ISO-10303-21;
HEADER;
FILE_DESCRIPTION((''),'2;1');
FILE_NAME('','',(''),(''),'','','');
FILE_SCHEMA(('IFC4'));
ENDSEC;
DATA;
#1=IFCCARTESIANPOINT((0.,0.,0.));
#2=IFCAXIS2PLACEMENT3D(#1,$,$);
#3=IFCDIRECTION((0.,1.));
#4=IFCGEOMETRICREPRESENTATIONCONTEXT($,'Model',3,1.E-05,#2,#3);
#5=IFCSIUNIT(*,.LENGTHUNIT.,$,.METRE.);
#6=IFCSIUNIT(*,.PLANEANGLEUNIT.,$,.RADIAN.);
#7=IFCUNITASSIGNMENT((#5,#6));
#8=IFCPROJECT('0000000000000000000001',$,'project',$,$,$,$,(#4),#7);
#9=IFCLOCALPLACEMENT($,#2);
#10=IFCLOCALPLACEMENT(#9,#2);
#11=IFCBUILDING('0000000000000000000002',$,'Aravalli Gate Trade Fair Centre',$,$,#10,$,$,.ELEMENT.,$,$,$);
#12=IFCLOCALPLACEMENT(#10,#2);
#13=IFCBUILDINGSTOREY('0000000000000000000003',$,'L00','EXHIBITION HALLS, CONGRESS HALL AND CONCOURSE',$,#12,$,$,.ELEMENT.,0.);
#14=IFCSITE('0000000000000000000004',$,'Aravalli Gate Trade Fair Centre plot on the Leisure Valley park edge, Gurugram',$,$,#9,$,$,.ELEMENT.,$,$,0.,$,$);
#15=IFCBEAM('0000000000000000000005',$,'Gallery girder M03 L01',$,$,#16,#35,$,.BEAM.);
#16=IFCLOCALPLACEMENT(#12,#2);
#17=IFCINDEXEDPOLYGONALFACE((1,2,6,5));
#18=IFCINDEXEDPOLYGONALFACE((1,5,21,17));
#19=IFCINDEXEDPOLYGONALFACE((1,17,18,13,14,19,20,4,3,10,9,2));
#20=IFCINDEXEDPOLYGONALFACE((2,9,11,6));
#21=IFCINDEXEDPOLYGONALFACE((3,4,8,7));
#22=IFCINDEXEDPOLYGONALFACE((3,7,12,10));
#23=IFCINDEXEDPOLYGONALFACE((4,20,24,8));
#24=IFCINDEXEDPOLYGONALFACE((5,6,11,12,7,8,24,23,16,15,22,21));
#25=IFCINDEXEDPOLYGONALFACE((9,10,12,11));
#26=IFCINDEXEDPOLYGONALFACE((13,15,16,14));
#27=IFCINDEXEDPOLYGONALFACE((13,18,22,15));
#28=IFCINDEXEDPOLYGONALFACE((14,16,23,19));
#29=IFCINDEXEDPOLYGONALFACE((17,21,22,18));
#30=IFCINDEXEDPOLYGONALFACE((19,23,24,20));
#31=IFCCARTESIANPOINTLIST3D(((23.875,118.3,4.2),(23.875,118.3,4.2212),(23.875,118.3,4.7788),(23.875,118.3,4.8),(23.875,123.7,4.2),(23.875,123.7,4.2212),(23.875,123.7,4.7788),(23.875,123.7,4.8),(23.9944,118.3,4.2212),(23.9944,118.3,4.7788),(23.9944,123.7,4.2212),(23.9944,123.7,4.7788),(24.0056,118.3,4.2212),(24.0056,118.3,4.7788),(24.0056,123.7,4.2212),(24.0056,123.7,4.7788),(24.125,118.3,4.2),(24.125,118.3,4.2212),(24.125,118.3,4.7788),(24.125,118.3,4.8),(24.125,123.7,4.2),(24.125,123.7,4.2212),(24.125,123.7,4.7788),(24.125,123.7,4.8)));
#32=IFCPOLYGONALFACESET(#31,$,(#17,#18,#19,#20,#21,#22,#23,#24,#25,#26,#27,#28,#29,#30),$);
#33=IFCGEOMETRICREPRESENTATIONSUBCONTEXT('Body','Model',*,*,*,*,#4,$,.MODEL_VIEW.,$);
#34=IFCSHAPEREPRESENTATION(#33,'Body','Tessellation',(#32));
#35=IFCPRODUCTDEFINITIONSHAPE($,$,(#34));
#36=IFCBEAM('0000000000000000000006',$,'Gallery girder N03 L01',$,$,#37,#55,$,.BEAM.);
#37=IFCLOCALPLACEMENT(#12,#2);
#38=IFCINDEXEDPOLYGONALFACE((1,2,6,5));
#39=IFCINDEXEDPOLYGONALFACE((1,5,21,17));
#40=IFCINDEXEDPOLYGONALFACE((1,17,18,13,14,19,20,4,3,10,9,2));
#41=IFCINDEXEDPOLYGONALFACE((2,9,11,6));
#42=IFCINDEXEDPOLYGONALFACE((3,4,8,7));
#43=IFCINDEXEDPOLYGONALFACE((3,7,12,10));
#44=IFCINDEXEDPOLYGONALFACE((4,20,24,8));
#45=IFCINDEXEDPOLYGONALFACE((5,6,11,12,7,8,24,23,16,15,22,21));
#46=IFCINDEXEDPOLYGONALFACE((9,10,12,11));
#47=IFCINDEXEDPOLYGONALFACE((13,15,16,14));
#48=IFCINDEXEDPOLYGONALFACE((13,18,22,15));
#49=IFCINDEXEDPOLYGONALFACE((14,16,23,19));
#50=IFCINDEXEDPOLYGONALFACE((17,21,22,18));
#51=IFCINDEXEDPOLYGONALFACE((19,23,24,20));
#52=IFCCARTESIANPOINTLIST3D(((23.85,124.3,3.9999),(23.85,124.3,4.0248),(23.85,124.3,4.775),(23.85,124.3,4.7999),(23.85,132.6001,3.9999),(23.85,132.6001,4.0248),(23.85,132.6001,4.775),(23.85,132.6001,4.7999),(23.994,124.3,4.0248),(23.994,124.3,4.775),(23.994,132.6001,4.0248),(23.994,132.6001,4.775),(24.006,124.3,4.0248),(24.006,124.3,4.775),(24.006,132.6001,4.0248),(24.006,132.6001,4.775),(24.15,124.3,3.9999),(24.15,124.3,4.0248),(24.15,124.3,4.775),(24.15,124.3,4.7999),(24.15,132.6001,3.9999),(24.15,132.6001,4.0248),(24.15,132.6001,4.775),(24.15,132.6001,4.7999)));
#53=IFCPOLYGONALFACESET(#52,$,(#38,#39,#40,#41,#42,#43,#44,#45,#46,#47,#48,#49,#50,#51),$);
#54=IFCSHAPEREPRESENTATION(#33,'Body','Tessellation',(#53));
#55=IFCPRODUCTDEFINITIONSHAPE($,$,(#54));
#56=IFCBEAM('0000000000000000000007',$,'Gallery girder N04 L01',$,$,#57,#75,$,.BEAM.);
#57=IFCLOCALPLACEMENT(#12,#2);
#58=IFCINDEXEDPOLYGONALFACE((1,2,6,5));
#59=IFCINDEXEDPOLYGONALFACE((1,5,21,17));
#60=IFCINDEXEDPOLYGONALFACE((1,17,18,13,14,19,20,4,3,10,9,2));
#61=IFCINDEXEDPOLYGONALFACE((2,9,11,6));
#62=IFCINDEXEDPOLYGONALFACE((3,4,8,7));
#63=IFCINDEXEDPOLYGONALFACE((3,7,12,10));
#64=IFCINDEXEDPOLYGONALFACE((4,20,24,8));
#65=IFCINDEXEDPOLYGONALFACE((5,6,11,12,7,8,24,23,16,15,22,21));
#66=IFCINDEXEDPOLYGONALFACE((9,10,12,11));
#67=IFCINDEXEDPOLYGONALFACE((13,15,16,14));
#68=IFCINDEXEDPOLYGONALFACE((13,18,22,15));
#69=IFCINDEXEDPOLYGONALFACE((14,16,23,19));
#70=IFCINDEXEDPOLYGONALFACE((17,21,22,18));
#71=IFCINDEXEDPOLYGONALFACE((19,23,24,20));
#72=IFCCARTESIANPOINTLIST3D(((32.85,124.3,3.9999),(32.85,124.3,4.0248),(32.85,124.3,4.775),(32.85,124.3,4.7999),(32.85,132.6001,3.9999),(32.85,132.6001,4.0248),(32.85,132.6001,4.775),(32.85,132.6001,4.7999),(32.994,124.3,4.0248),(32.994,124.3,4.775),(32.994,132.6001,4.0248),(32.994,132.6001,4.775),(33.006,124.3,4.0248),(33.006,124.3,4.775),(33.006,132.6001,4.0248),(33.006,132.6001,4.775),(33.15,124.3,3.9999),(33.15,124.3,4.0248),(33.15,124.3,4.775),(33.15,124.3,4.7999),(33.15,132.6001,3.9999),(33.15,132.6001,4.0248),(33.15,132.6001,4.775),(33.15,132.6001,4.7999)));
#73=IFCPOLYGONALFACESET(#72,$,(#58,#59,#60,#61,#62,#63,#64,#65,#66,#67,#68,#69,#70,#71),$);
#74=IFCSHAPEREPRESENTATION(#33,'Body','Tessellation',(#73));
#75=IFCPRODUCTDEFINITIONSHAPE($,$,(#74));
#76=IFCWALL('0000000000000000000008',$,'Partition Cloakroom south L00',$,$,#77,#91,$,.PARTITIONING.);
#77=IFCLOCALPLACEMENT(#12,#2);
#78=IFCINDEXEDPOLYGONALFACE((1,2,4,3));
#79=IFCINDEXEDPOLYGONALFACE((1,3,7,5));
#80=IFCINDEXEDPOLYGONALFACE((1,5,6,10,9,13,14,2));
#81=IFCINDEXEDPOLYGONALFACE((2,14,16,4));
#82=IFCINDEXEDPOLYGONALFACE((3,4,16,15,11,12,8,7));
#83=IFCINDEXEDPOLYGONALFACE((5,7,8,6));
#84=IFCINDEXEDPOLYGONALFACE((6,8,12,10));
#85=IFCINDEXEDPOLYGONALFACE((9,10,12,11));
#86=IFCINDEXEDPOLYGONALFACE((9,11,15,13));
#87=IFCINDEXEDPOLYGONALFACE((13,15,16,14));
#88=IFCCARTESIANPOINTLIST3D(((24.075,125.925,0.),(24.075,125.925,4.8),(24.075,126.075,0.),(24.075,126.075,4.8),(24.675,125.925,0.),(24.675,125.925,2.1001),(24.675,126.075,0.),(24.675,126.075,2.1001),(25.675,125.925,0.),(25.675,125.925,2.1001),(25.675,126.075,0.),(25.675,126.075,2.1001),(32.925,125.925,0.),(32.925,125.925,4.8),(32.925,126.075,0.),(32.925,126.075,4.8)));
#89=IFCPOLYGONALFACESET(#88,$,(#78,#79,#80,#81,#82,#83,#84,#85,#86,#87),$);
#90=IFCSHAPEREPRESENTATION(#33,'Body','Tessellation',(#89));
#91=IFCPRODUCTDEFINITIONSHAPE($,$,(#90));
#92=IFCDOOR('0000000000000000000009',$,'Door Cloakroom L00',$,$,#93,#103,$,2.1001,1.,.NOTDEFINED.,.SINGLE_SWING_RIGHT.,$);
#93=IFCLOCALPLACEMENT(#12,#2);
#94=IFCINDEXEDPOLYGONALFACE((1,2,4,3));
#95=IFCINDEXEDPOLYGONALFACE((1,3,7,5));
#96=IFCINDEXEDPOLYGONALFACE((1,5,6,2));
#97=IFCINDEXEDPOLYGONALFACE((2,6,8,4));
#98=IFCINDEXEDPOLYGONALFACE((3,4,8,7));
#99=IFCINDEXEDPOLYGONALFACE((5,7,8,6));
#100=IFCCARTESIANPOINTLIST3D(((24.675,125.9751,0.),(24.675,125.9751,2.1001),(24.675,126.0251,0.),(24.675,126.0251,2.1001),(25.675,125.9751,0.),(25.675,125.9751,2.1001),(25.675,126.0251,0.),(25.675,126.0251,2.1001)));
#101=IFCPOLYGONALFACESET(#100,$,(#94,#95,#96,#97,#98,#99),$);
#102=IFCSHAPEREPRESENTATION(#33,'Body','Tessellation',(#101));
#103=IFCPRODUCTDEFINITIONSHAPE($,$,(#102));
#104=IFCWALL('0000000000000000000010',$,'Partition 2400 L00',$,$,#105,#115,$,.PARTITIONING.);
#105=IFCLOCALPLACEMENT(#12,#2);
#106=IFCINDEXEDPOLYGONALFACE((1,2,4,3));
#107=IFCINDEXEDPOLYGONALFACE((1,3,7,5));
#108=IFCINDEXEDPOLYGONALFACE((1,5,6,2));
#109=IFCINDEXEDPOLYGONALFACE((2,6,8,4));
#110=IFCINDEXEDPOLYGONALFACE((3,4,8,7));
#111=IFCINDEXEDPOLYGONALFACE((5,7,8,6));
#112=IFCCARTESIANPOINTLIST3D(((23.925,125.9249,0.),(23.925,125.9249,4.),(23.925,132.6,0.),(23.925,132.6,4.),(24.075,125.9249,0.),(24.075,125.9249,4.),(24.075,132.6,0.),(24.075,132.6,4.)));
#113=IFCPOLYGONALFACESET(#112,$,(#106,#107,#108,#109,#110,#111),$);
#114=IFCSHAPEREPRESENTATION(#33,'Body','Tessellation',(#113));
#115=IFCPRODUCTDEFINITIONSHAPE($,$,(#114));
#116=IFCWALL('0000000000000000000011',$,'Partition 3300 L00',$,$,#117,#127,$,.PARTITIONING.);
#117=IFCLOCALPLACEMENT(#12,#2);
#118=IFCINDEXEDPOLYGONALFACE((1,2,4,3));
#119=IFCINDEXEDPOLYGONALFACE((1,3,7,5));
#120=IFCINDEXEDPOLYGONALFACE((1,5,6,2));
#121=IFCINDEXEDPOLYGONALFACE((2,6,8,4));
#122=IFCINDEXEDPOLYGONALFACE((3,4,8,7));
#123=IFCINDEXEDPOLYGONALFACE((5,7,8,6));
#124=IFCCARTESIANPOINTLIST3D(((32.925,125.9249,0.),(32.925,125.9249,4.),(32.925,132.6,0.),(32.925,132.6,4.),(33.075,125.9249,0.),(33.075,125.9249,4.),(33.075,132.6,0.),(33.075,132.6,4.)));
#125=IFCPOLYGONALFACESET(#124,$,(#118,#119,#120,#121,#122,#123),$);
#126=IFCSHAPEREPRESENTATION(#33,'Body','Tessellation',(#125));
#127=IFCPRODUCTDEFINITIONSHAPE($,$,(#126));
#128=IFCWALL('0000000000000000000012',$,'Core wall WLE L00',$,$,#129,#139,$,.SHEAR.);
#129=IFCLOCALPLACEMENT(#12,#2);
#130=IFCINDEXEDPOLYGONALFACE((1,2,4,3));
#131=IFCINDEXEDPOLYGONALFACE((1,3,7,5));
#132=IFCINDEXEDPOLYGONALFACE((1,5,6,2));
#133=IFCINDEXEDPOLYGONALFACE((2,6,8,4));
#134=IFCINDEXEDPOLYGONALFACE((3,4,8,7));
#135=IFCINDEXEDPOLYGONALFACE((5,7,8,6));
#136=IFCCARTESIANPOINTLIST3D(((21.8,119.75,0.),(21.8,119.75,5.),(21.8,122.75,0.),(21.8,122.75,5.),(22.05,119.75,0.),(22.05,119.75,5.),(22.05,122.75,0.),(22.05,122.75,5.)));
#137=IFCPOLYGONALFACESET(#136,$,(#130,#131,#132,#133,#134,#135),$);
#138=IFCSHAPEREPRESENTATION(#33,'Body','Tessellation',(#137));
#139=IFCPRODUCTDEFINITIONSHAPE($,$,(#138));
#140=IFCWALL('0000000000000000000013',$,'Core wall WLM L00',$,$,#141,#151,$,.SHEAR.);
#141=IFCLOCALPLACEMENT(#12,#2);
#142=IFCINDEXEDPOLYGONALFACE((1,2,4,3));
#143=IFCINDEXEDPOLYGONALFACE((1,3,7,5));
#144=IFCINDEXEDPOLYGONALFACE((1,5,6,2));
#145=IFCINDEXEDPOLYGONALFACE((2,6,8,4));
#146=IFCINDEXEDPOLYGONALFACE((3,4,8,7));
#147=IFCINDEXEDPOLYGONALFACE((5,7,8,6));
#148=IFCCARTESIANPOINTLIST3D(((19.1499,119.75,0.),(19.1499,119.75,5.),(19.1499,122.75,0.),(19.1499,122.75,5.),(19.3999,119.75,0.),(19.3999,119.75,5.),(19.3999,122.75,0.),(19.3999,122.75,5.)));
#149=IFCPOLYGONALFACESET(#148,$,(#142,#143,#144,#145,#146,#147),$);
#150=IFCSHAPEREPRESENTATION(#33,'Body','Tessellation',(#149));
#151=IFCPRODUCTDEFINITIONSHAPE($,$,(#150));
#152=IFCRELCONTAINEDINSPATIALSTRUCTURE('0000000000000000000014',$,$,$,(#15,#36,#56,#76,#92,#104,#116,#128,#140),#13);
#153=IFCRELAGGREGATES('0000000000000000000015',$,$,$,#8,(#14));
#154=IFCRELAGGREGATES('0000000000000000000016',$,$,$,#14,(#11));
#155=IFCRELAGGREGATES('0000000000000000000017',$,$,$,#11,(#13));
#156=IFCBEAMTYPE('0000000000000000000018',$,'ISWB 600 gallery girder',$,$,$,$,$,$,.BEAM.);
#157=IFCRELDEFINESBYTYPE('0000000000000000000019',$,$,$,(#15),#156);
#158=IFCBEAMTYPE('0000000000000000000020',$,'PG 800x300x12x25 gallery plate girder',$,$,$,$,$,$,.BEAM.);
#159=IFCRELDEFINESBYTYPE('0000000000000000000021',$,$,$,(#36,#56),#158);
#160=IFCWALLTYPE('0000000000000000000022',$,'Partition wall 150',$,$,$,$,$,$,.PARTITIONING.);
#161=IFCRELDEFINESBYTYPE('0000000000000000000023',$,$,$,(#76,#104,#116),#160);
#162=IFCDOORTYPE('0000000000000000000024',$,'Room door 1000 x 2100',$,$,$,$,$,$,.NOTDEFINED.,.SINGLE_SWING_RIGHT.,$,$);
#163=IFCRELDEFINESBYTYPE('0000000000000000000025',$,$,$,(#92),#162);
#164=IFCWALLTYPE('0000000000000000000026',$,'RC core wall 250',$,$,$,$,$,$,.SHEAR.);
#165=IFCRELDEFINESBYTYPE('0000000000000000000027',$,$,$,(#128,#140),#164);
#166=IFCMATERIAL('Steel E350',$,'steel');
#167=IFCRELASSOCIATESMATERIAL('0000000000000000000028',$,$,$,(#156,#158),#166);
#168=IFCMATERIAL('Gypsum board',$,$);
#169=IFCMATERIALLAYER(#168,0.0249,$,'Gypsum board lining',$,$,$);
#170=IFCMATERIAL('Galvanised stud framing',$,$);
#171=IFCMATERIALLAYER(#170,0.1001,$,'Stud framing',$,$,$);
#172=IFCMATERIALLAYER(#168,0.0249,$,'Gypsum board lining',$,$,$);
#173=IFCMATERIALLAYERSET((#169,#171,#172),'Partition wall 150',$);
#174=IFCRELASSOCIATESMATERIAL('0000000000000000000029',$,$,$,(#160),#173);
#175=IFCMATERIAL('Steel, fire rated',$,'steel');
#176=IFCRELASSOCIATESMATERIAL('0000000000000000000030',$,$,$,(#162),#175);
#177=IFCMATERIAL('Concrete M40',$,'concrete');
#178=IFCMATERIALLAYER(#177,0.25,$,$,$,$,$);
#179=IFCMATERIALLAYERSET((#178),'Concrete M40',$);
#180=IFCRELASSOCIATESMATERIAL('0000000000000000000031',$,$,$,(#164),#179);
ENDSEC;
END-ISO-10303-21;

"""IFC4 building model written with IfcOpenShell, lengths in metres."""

from ifc_helpers import new_model, si_unit, direction, frame, frame_2d, origin, origin_2d, place, context, subcontext, project, spatial, rectangle, i_section, extrude, material, layer, layer_set, material_profile, profile_set, type_object, element, fill, save


model = new_model("IFC4")

# Units and contexts
model_context = context("Model", 3, precision=1e-05, world=origin(), true_north=direction((0.0, 1.0)))
body_context = subcontext(model_context, "Body", "Model", "MODEL_VIEW")
ifc_project = project(units=[si_unit("LENGTHUNIT", "METRE"), si_unit("PLANEANGLEUNIT", "RADIAN")], contexts=[model_context])

# Site, building, storey
site_placement = place(None, origin())
site = spatial("IfcSite", under=ifc_project, at=site_placement, Name="Aravalli Gate Trade Fair Centre plot on the Leisure Valley park edge, Gurugram", CompositionType="ELEMENT", RefElevation=0.0)
building_placement = place(site_placement, origin())
building = spatial("IfcBuilding", under=site, at=building_placement, Name="Aravalli Gate Trade Fair Centre", CompositionType="ELEMENT")
storey_placement = place(building_placement, origin())
storey = spatial("IfcBuildingStorey", under=building, at=storey_placement, Name="L00", Description="EXHIBITION HALLS, CONGRESS HALL AND CONCOURSE", CompositionType="ELEMENT", Elevation=0.0)

# Beams
ifc_material_1 = material(Name="Steel E350", Category="steel")
ifc_material_profile_1 = material_profile(ifc_material_1, i_section(OverallWidth=0.25, OverallDepth=0.6001, WebThickness=0.0112, FlangeThickness=0.0212, at=origin_2d()), Name="ISWB 600")
ifc_profile_set_1 = profile_set([ifc_material_profile_1], Name="Steel E350")
beam_type_1 = type_object("IfcBeamType", Name="ISWB 600 gallery girder", PredefinedType="BEAM", material=ifc_profile_set_1)
beam_1_placement = place(storey_placement, frame((24.0, 118.3, 4.5), z_axis=(0.0, 1.0, 0.0), x_axis=(-1.0, 0.0, 0.0)))
element("IfcBeam", 1, at=beam_1_placement, inside=storey, type_object=beam_type_1, Name="Gallery girder M03 L01", PredefinedType="BEAM", context=body_context, shape_type="SweptSolid", body=[
    extrude(i_section(OverallWidth=0.25, OverallDepth=0.6001, WebThickness=0.0112, FlangeThickness=0.0212, at=origin_2d()), origin(), (0.0, 0.0, 1.0), 5.3999),
])
ifc_material_profile_2 = material_profile(ifc_material_1, i_section(OverallWidth=0.3, OverallDepth=0.8, WebThickness=0.012, FlangeThickness=0.0249, at=origin_2d()), Name="PG 800x300x12x25")
ifc_profile_set_2 = profile_set([ifc_material_profile_2], Name="Steel E350")
beam_type_2 = type_object("IfcBeamType", Name="PG 800x300x12x25 gallery plate girder", PredefinedType="BEAM", material=ifc_profile_set_2)
for number, where, z_axis, x_axis, name in (
    (2, (24.0, 124.3, 4.3999), (0.0, 1.0, 0.0), (-1.0, 0.0, 0.0), "Gallery girder N03 L01"),
    (3, (33.0, 124.3, 4.3999), (0.0, 1.0, 0.0), (-1.0, 0.0, 0.0), "Gallery girder N04 L01"),
):
    element("IfcBeam", number, at=place(storey_placement, frame(where, z_axis=z_axis, x_axis=x_axis)), inside=storey, type_object=beam_type_2, Name=name, PredefinedType="BEAM", context=body_context, shape_type="SweptSolid", body=[
        extrude(i_section(OverallWidth=0.3, OverallDepth=0.8, WebThickness=0.012, FlangeThickness=0.0249, at=origin_2d()), origin(), (0.0, 0.0, 1.0), 8.3),
    ])

# Wall, opening, door
ifc_material_2 = material(Name="Gypsum board")
ifc_layer_1 = layer(ifc_material_2, 0.0249, Name="Gypsum board lining")
ifc_material_3 = material(Name="Galvanised stud framing")
ifc_layer_2 = layer(ifc_material_3, 0.1001, Name="Stud framing")
ifc_layer_3 = layer(ifc_material_2, 0.0249, Name="Gypsum board lining")
ifc_layer_set_1 = layer_set([ifc_layer_1, ifc_layer_2, ifc_layer_3], Name="Partition wall 150")
wall_type_1 = type_object("IfcWallType", Name="Partition wall 150", PredefinedType="PARTITIONING", material=ifc_layer_set_1)
wall_placement = place(storey_placement, frame((24.075, 126.0, 0.0), z_axis=(0.0, 0.0, 1.0), x_axis=(1.0, 0.0, 0.0)))
wall = element("IfcWall", 4, at=wall_placement, inside=storey, type_object=wall_type_1, Name="Partition Cloakroom south L00", PredefinedType="PARTITIONING", context=body_context, shape_type="SweptSolid", body=[
    extrude(rectangle(XDim=8.8501, YDim=0.1499, at=frame_2d((4.425, 0.0))), origin(), (0.0, 0.0, 1.0), 4.8),
])
opening_placement = place(wall_placement, frame((0.6001, 0.0, 0.0)))
opening = element("IfcOpeningElement", 5, at=opening_placement, cuts=wall, PredefinedType="OPENING", context=body_context, shape_type="SweptSolid", body=[
    extrude(rectangle(XDim=1.0, YDim=2.1001, at=frame_2d((0.5, 1.05))), frame((0.0, 0.085, 0.0), z_axis=(0.0, -1.0, 0.0), x_axis=(1.0, 0.0, 0.0)), (0.0, 0.0, 1.0), 0.1699),
])
ifc_material_4 = material(Name="Steel, fire rated", Category="steel")
door_type = type_object("IfcDoorType", Name="Room door 1000 x 2100", OperationType="SINGLE_SWING_RIGHT", PredefinedType="NOTDEFINED", material=ifc_material_4)
door_placement = place(opening_placement, frame((1.0, 0.0, 0.0), z_axis=(0.0, 0.0, 1.0), x_axis=(-1.0, 0.0, 0.0)))
door = element("IfcDoor", 6, at=door_placement, inside=storey, type_object=door_type, Name="Door Cloakroom L00", OperationType="SINGLE_SWING_RIGHT", OverallHeight=2.1001, OverallWidth=1.0, PredefinedType="NOTDEFINED", context=body_context, shape_type="SweptSolid", body=[
    extrude(rectangle(XDim=1.0, YDim=2.1001, at=frame_2d((0.5, 1.05))), frame((0.0, 0.0249, 0.0), z_axis=(0.0, -1.0, 0.0), x_axis=(1.0, 0.0, 0.0)), (0.0, 0.0, 1.0), 0.05),
])
fill(opening, door)

# Walls
for number, where, z_axis, x_axis, name in (
    (7, (24.0, 125.925, 0.0), (0.0, 0.0, 1.0), (0.0, 1.0, 0.0), "Partition 2400 L00"),
    (8, (33.0, 125.925, 0.0), (0.0, 0.0, 1.0), (0.0, 1.0, 0.0), "Partition 3300 L00"),
):
    element("IfcWall", number, at=place(storey_placement, frame(where, z_axis=z_axis, x_axis=x_axis)), inside=storey, type_object=wall_type_1, Name=name, PredefinedType="PARTITIONING", context=body_context, shape_type="SweptSolid", body=[
        extrude(rectangle(XDim=6.675, YDim=0.1499, at=frame_2d((3.3374, 0.0))), origin(), (0.0, 0.0, 1.0), 4.0),
    ])
ifc_material_5 = material(Name="Concrete M40", Category="concrete")
ifc_layer_4 = layer(ifc_material_5, 0.25)
ifc_layer_set_2 = layer_set([ifc_layer_4], Name="Concrete M40")
wall_type_2 = type_object("IfcWallType", Name="RC core wall 250", PredefinedType="SHEAR", material=ifc_layer_set_2)
for number, where, z_axis, x_axis, name in (
    (9, (21.925, 119.75, 0.0), (0.0, 0.0, 1.0), (0.0, 1.0, 0.0), "Core wall WLE L00"),
    (10, (19.2749, 119.75, 0.0), (0.0, 0.0, 1.0), (0.0, 1.0, 0.0), "Core wall WLM L00"),
):
    element("IfcWall", number, at=place(storey_placement, frame(where, z_axis=z_axis, x_axis=x_axis)), inside=storey, type_object=wall_type_2, Name=name, PredefinedType="SHEAR", context=body_context, shape_type="SweptSolid", body=[
        extrude(rectangle(XDim=3.0, YDim=0.25, at=frame_2d((1.5, 0.0))), origin(), (0.0, 0.0, 1.0), 5.0),
    ])

save(model, "model.ifc")
